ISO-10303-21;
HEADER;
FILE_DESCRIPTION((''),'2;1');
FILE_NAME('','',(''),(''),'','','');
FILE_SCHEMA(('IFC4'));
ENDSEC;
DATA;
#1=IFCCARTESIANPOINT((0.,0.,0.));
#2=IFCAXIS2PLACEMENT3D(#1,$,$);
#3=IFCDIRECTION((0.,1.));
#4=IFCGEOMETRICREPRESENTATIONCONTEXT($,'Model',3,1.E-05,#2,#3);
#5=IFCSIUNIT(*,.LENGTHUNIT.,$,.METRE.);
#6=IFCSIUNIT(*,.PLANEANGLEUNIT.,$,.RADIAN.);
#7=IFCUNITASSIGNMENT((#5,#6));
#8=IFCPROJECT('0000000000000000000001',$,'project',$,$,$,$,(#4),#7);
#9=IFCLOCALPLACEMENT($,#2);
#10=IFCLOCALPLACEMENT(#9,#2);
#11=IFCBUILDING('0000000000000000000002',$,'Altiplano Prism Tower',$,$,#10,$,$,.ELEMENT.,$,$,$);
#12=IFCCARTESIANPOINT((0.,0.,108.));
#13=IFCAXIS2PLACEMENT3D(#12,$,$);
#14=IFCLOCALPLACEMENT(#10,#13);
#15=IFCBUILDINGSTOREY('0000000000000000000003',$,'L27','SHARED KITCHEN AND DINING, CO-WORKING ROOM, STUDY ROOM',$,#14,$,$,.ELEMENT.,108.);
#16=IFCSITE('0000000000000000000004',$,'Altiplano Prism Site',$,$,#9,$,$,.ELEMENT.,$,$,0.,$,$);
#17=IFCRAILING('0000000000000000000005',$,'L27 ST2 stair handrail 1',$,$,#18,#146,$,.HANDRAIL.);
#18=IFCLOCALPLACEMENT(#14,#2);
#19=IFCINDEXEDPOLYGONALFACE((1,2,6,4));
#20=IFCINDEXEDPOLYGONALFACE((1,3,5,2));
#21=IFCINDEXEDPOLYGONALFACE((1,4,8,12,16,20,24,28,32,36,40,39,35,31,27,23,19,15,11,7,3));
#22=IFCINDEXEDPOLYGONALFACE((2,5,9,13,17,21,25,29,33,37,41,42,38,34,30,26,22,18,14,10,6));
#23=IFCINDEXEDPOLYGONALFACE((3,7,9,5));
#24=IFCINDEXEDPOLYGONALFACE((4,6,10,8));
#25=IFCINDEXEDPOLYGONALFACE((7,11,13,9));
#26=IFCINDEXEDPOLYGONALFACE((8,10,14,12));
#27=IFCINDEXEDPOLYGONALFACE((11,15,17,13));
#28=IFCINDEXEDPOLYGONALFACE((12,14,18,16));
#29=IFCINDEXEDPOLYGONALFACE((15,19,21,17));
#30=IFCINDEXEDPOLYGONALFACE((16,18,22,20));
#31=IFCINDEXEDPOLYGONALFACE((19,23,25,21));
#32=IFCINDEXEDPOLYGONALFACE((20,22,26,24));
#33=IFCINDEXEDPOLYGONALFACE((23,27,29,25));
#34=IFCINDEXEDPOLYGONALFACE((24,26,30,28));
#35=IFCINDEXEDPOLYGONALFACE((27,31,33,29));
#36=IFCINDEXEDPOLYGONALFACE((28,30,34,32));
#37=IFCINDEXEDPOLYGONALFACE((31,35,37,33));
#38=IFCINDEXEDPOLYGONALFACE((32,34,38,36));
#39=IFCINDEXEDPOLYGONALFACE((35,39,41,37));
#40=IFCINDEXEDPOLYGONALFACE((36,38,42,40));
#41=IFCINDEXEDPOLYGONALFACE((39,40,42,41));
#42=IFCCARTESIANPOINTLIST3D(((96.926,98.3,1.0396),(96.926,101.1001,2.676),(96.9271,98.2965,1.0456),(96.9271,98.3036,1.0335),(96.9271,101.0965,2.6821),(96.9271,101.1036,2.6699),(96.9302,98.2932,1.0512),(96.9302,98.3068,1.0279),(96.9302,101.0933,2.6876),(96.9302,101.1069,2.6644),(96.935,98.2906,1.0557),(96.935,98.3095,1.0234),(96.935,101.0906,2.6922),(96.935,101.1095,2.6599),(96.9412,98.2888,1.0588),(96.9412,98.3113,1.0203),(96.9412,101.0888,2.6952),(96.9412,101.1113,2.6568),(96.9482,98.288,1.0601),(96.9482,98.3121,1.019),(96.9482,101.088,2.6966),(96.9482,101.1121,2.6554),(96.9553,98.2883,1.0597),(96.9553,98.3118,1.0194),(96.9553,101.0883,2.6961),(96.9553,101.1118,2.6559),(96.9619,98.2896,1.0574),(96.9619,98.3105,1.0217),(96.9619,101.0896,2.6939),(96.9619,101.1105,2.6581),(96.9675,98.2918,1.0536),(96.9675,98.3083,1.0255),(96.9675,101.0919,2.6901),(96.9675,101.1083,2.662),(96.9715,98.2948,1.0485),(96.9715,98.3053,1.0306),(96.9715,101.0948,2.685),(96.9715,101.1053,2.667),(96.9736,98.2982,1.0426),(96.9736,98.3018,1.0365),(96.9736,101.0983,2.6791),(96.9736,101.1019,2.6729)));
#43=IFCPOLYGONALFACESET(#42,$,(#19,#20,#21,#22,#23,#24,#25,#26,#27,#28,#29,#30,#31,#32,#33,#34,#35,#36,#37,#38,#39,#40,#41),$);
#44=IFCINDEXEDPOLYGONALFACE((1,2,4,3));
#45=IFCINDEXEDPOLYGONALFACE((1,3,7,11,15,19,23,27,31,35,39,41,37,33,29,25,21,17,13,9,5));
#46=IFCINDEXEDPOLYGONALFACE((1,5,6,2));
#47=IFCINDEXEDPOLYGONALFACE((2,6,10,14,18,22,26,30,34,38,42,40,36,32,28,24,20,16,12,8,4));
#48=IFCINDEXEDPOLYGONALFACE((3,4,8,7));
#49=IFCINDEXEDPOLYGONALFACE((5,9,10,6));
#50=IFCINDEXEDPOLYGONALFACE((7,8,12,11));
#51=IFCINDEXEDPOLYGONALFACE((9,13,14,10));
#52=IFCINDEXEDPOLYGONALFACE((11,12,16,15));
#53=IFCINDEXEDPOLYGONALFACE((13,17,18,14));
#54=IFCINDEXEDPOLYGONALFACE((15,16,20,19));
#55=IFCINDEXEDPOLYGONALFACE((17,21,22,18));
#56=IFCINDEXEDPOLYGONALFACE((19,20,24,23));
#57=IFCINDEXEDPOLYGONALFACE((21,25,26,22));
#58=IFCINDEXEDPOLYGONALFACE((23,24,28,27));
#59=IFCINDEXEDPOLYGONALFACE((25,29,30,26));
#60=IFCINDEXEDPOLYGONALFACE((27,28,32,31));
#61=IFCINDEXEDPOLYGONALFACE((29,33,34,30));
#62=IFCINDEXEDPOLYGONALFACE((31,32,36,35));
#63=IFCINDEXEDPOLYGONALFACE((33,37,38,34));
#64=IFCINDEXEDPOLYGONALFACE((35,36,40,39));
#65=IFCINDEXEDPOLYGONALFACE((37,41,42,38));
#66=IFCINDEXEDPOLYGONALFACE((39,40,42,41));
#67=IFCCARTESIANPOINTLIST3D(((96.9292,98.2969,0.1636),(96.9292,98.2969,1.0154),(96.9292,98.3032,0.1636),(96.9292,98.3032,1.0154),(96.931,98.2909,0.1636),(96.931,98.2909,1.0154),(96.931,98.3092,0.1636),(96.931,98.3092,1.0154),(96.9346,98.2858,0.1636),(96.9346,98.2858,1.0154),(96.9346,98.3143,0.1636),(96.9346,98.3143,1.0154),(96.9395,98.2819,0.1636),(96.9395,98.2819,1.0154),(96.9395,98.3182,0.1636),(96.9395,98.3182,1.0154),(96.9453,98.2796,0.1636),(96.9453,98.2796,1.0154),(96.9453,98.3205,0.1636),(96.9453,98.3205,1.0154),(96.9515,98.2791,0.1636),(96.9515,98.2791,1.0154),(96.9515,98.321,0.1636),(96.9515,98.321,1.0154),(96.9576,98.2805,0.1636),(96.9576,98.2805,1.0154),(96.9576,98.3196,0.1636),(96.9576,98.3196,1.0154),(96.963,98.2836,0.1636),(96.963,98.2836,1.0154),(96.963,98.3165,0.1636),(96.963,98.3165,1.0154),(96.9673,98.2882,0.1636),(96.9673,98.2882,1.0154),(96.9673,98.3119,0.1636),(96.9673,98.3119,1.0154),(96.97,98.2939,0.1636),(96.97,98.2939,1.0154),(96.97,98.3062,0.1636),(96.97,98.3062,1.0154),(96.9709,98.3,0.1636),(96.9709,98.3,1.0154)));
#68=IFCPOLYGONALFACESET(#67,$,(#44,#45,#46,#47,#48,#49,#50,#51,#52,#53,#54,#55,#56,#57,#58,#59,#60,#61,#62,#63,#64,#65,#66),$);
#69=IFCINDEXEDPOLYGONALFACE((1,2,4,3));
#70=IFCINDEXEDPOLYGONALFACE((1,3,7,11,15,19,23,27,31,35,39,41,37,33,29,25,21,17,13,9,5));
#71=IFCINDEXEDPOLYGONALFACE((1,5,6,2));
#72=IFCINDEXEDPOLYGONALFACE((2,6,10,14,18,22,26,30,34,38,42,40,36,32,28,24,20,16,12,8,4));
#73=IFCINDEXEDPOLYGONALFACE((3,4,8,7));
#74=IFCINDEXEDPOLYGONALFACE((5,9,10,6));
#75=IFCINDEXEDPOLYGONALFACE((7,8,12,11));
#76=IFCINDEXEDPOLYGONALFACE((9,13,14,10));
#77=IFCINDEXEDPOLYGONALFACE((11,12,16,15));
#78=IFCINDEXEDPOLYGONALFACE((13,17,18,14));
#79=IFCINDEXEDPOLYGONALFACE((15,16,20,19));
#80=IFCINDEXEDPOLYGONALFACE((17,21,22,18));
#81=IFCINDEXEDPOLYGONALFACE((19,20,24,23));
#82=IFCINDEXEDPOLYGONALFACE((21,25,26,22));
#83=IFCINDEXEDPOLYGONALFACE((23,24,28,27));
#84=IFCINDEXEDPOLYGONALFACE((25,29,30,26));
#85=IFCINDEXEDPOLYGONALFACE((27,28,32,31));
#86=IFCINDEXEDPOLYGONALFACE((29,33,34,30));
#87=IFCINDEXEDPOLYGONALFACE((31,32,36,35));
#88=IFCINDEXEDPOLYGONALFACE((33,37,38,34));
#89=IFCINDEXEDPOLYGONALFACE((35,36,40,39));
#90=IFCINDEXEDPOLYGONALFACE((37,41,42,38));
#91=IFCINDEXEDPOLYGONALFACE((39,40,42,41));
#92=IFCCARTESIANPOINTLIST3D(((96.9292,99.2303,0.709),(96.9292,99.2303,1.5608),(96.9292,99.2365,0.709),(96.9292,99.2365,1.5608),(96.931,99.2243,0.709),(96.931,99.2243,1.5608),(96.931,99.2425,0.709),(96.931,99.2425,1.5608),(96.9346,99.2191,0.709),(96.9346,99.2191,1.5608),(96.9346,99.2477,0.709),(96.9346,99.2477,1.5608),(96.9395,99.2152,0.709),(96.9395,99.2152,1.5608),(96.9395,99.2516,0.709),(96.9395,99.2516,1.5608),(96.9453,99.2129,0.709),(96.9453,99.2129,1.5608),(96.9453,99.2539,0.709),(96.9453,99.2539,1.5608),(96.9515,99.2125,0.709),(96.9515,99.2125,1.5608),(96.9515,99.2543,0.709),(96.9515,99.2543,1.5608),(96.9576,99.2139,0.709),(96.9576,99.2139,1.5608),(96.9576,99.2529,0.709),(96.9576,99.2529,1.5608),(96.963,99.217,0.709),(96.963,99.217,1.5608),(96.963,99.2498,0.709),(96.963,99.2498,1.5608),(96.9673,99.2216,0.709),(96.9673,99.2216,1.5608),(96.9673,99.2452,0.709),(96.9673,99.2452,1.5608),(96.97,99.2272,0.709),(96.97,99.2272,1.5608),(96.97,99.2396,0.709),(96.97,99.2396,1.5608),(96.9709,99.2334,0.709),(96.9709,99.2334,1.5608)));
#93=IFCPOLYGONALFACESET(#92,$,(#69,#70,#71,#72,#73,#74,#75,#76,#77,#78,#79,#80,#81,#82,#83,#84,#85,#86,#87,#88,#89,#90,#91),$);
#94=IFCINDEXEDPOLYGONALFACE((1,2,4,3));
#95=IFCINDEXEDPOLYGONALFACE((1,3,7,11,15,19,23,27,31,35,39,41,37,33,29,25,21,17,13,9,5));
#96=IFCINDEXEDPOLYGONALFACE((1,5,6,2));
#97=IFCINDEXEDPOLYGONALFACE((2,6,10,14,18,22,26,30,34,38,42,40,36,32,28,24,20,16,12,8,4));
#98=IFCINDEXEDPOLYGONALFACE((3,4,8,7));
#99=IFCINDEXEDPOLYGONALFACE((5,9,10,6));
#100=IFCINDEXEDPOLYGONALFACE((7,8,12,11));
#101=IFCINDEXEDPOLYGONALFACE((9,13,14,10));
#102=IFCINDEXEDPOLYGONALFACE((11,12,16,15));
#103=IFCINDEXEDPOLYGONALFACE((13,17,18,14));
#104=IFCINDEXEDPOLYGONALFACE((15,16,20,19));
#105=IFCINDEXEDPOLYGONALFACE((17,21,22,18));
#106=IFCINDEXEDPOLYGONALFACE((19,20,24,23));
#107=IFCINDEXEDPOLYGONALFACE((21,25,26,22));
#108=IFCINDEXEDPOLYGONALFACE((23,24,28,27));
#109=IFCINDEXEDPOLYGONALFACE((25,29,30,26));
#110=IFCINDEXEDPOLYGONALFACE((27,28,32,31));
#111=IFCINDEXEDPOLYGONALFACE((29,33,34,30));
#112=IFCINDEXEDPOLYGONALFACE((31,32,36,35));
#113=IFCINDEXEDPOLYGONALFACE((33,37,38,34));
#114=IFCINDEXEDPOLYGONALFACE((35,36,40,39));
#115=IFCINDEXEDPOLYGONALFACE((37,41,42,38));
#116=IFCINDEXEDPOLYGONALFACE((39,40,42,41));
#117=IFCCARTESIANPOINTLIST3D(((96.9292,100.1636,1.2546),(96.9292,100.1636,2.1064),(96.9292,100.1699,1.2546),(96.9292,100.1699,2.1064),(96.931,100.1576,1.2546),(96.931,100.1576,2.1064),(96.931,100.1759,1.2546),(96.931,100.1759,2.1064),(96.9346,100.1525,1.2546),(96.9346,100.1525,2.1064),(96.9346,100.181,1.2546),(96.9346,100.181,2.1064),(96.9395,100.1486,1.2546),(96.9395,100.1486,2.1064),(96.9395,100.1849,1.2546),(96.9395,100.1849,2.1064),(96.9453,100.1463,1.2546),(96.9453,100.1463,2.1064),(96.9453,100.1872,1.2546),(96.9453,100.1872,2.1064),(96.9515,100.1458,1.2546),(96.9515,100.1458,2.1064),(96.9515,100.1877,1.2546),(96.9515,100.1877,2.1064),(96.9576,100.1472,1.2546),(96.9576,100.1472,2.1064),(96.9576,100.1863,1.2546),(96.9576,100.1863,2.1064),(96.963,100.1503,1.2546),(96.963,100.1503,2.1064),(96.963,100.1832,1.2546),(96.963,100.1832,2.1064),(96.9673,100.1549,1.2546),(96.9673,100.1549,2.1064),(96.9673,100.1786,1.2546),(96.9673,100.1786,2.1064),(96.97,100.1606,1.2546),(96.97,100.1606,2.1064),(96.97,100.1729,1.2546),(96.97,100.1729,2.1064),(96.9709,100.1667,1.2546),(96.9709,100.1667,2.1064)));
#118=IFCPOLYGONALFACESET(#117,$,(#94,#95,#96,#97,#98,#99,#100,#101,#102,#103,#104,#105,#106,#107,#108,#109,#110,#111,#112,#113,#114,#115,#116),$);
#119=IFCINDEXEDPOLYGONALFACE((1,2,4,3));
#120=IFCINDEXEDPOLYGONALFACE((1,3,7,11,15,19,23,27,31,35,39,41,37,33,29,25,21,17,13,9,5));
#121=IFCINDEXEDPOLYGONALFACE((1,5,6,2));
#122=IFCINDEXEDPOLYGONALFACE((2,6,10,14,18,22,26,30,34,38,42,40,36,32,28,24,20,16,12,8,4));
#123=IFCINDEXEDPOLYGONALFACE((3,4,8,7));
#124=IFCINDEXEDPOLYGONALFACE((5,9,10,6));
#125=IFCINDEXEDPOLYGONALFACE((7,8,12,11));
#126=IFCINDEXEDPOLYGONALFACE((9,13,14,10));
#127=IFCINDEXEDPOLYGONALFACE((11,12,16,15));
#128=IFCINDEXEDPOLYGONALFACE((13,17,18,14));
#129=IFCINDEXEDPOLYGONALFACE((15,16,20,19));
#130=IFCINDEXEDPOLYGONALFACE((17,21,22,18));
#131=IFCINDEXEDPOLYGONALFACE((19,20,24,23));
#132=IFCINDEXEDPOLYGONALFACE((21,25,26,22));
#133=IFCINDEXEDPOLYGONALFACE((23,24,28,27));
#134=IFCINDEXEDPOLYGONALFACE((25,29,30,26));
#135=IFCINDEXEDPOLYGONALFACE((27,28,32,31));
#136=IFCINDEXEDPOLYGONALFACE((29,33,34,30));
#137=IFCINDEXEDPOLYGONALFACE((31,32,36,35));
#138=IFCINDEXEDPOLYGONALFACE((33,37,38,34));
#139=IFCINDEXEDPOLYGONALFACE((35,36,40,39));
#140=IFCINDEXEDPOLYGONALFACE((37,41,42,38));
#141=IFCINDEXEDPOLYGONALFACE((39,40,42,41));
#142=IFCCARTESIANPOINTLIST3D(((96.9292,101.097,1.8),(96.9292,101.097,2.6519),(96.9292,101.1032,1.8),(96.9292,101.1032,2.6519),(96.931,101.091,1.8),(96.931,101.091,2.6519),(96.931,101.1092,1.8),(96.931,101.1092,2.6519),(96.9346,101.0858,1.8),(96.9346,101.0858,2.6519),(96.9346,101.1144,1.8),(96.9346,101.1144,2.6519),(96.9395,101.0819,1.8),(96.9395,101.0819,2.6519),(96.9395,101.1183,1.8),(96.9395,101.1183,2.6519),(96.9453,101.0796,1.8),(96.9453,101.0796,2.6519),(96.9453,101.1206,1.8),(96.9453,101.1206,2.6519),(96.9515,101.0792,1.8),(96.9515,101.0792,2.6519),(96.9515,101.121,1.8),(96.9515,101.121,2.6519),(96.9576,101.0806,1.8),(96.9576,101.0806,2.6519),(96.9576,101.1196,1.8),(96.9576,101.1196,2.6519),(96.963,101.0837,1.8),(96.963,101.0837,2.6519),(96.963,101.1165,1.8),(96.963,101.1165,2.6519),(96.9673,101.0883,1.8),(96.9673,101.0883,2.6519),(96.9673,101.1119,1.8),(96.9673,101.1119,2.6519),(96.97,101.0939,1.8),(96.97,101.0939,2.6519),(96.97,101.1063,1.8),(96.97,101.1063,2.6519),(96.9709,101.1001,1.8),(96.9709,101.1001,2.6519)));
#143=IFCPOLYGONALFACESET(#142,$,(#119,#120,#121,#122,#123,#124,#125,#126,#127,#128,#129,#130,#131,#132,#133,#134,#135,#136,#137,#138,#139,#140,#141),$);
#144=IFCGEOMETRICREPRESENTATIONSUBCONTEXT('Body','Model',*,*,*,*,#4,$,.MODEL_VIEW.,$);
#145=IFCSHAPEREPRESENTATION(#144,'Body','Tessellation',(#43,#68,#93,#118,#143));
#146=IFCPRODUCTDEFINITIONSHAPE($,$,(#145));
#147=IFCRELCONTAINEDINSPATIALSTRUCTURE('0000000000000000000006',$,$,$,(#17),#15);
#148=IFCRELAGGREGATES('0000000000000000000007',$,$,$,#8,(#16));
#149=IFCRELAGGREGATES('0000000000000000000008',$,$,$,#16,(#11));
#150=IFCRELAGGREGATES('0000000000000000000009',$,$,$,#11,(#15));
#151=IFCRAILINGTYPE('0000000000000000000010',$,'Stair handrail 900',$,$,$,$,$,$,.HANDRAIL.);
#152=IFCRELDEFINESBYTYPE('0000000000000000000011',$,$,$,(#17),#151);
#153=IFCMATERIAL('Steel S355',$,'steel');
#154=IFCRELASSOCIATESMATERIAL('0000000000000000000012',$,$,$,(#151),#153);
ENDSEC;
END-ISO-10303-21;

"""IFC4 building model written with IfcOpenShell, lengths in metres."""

from ifc_helpers import new_model, si_unit, direction, frame, origin, origin_2d, place, context, subcontext, project, spatial, circle, extrude, material, type_object, element, save


model = new_model("IFC4")

# Units and contexts
model_context = context("Model", 3, precision=1e-05, world=origin(), true_north=direction((0.0, 1.0)))
body_context = subcontext(model_context, "Body", "Model", "MODEL_VIEW")
ifc_project = project(units=[si_unit("LENGTHUNIT", "METRE"), si_unit("PLANEANGLEUNIT", "RADIAN")], contexts=[model_context])

# Site, building, storey
site_placement = place(None, origin())
site = spatial("IfcSite", under=ifc_project, at=site_placement, Name="Altiplano Prism Site", CompositionType="ELEMENT", RefElevation=0.0)
building_placement = place(site_placement, origin())
building = spatial("IfcBuilding", under=site, at=building_placement, Name="Altiplano Prism Tower", CompositionType="ELEMENT")
storey_placement = place(building_placement, frame((0.0, 0.0, 108.0)))
storey = spatial("IfcBuildingStorey", under=building, at=storey_placement, Name="L27", Description="SHARED KITCHEN AND DINING, CO-WORKING ROOM, STUDY ROOM", CompositionType="ELEMENT", Elevation=108.0)

# Railing
ifc_material_1 = material(Name="Steel S355", Category="steel")
railing_type_1 = type_object("IfcRailingType", Name="Stair handrail 900", PredefinedType="HANDRAIL", material=ifc_material_1)
railing_1_placement = place(storey_placement, frame((96.95, 98.3, 0.1636)))
element("IfcRailing", 1, at=railing_1_placement, inside=storey, type_object=railing_type_1, Name="L27 ST2 stair handrail 1", PredefinedType="HANDRAIL", context=body_context, shape_type="SweptSolid", body=[
    extrude(circle(Radius=0.0239, at=origin_2d()), frame((0.0, 0.0, 0.876), z_axis=(0.0, 0.863361, 0.504587), x_axis=(-1.0, 0.0, 0.0)), (0.0, 0.0, 1.0), 3.2432),
    extrude(circle(Radius=0.021, at=origin_2d()), origin(), (0.0, 0.0, 1.0), 0.8518),
    extrude(circle(Radius=0.021, at=origin_2d()), frame((0.0, 0.9333, 0.5454)), (0.0, 0.0, 1.0), 0.8518),
    extrude(circle(Radius=0.021, at=origin_2d()), frame((0.0, 1.8667, 1.0911)), (0.0, 0.0, 1.0), 0.8518),
    extrude(circle(Radius=0.021, at=origin_2d()), frame((0.0, 2.8, 1.6365)), (0.0, 0.0, 1.0), 0.8518),
])

save(model, "model.ifc")
